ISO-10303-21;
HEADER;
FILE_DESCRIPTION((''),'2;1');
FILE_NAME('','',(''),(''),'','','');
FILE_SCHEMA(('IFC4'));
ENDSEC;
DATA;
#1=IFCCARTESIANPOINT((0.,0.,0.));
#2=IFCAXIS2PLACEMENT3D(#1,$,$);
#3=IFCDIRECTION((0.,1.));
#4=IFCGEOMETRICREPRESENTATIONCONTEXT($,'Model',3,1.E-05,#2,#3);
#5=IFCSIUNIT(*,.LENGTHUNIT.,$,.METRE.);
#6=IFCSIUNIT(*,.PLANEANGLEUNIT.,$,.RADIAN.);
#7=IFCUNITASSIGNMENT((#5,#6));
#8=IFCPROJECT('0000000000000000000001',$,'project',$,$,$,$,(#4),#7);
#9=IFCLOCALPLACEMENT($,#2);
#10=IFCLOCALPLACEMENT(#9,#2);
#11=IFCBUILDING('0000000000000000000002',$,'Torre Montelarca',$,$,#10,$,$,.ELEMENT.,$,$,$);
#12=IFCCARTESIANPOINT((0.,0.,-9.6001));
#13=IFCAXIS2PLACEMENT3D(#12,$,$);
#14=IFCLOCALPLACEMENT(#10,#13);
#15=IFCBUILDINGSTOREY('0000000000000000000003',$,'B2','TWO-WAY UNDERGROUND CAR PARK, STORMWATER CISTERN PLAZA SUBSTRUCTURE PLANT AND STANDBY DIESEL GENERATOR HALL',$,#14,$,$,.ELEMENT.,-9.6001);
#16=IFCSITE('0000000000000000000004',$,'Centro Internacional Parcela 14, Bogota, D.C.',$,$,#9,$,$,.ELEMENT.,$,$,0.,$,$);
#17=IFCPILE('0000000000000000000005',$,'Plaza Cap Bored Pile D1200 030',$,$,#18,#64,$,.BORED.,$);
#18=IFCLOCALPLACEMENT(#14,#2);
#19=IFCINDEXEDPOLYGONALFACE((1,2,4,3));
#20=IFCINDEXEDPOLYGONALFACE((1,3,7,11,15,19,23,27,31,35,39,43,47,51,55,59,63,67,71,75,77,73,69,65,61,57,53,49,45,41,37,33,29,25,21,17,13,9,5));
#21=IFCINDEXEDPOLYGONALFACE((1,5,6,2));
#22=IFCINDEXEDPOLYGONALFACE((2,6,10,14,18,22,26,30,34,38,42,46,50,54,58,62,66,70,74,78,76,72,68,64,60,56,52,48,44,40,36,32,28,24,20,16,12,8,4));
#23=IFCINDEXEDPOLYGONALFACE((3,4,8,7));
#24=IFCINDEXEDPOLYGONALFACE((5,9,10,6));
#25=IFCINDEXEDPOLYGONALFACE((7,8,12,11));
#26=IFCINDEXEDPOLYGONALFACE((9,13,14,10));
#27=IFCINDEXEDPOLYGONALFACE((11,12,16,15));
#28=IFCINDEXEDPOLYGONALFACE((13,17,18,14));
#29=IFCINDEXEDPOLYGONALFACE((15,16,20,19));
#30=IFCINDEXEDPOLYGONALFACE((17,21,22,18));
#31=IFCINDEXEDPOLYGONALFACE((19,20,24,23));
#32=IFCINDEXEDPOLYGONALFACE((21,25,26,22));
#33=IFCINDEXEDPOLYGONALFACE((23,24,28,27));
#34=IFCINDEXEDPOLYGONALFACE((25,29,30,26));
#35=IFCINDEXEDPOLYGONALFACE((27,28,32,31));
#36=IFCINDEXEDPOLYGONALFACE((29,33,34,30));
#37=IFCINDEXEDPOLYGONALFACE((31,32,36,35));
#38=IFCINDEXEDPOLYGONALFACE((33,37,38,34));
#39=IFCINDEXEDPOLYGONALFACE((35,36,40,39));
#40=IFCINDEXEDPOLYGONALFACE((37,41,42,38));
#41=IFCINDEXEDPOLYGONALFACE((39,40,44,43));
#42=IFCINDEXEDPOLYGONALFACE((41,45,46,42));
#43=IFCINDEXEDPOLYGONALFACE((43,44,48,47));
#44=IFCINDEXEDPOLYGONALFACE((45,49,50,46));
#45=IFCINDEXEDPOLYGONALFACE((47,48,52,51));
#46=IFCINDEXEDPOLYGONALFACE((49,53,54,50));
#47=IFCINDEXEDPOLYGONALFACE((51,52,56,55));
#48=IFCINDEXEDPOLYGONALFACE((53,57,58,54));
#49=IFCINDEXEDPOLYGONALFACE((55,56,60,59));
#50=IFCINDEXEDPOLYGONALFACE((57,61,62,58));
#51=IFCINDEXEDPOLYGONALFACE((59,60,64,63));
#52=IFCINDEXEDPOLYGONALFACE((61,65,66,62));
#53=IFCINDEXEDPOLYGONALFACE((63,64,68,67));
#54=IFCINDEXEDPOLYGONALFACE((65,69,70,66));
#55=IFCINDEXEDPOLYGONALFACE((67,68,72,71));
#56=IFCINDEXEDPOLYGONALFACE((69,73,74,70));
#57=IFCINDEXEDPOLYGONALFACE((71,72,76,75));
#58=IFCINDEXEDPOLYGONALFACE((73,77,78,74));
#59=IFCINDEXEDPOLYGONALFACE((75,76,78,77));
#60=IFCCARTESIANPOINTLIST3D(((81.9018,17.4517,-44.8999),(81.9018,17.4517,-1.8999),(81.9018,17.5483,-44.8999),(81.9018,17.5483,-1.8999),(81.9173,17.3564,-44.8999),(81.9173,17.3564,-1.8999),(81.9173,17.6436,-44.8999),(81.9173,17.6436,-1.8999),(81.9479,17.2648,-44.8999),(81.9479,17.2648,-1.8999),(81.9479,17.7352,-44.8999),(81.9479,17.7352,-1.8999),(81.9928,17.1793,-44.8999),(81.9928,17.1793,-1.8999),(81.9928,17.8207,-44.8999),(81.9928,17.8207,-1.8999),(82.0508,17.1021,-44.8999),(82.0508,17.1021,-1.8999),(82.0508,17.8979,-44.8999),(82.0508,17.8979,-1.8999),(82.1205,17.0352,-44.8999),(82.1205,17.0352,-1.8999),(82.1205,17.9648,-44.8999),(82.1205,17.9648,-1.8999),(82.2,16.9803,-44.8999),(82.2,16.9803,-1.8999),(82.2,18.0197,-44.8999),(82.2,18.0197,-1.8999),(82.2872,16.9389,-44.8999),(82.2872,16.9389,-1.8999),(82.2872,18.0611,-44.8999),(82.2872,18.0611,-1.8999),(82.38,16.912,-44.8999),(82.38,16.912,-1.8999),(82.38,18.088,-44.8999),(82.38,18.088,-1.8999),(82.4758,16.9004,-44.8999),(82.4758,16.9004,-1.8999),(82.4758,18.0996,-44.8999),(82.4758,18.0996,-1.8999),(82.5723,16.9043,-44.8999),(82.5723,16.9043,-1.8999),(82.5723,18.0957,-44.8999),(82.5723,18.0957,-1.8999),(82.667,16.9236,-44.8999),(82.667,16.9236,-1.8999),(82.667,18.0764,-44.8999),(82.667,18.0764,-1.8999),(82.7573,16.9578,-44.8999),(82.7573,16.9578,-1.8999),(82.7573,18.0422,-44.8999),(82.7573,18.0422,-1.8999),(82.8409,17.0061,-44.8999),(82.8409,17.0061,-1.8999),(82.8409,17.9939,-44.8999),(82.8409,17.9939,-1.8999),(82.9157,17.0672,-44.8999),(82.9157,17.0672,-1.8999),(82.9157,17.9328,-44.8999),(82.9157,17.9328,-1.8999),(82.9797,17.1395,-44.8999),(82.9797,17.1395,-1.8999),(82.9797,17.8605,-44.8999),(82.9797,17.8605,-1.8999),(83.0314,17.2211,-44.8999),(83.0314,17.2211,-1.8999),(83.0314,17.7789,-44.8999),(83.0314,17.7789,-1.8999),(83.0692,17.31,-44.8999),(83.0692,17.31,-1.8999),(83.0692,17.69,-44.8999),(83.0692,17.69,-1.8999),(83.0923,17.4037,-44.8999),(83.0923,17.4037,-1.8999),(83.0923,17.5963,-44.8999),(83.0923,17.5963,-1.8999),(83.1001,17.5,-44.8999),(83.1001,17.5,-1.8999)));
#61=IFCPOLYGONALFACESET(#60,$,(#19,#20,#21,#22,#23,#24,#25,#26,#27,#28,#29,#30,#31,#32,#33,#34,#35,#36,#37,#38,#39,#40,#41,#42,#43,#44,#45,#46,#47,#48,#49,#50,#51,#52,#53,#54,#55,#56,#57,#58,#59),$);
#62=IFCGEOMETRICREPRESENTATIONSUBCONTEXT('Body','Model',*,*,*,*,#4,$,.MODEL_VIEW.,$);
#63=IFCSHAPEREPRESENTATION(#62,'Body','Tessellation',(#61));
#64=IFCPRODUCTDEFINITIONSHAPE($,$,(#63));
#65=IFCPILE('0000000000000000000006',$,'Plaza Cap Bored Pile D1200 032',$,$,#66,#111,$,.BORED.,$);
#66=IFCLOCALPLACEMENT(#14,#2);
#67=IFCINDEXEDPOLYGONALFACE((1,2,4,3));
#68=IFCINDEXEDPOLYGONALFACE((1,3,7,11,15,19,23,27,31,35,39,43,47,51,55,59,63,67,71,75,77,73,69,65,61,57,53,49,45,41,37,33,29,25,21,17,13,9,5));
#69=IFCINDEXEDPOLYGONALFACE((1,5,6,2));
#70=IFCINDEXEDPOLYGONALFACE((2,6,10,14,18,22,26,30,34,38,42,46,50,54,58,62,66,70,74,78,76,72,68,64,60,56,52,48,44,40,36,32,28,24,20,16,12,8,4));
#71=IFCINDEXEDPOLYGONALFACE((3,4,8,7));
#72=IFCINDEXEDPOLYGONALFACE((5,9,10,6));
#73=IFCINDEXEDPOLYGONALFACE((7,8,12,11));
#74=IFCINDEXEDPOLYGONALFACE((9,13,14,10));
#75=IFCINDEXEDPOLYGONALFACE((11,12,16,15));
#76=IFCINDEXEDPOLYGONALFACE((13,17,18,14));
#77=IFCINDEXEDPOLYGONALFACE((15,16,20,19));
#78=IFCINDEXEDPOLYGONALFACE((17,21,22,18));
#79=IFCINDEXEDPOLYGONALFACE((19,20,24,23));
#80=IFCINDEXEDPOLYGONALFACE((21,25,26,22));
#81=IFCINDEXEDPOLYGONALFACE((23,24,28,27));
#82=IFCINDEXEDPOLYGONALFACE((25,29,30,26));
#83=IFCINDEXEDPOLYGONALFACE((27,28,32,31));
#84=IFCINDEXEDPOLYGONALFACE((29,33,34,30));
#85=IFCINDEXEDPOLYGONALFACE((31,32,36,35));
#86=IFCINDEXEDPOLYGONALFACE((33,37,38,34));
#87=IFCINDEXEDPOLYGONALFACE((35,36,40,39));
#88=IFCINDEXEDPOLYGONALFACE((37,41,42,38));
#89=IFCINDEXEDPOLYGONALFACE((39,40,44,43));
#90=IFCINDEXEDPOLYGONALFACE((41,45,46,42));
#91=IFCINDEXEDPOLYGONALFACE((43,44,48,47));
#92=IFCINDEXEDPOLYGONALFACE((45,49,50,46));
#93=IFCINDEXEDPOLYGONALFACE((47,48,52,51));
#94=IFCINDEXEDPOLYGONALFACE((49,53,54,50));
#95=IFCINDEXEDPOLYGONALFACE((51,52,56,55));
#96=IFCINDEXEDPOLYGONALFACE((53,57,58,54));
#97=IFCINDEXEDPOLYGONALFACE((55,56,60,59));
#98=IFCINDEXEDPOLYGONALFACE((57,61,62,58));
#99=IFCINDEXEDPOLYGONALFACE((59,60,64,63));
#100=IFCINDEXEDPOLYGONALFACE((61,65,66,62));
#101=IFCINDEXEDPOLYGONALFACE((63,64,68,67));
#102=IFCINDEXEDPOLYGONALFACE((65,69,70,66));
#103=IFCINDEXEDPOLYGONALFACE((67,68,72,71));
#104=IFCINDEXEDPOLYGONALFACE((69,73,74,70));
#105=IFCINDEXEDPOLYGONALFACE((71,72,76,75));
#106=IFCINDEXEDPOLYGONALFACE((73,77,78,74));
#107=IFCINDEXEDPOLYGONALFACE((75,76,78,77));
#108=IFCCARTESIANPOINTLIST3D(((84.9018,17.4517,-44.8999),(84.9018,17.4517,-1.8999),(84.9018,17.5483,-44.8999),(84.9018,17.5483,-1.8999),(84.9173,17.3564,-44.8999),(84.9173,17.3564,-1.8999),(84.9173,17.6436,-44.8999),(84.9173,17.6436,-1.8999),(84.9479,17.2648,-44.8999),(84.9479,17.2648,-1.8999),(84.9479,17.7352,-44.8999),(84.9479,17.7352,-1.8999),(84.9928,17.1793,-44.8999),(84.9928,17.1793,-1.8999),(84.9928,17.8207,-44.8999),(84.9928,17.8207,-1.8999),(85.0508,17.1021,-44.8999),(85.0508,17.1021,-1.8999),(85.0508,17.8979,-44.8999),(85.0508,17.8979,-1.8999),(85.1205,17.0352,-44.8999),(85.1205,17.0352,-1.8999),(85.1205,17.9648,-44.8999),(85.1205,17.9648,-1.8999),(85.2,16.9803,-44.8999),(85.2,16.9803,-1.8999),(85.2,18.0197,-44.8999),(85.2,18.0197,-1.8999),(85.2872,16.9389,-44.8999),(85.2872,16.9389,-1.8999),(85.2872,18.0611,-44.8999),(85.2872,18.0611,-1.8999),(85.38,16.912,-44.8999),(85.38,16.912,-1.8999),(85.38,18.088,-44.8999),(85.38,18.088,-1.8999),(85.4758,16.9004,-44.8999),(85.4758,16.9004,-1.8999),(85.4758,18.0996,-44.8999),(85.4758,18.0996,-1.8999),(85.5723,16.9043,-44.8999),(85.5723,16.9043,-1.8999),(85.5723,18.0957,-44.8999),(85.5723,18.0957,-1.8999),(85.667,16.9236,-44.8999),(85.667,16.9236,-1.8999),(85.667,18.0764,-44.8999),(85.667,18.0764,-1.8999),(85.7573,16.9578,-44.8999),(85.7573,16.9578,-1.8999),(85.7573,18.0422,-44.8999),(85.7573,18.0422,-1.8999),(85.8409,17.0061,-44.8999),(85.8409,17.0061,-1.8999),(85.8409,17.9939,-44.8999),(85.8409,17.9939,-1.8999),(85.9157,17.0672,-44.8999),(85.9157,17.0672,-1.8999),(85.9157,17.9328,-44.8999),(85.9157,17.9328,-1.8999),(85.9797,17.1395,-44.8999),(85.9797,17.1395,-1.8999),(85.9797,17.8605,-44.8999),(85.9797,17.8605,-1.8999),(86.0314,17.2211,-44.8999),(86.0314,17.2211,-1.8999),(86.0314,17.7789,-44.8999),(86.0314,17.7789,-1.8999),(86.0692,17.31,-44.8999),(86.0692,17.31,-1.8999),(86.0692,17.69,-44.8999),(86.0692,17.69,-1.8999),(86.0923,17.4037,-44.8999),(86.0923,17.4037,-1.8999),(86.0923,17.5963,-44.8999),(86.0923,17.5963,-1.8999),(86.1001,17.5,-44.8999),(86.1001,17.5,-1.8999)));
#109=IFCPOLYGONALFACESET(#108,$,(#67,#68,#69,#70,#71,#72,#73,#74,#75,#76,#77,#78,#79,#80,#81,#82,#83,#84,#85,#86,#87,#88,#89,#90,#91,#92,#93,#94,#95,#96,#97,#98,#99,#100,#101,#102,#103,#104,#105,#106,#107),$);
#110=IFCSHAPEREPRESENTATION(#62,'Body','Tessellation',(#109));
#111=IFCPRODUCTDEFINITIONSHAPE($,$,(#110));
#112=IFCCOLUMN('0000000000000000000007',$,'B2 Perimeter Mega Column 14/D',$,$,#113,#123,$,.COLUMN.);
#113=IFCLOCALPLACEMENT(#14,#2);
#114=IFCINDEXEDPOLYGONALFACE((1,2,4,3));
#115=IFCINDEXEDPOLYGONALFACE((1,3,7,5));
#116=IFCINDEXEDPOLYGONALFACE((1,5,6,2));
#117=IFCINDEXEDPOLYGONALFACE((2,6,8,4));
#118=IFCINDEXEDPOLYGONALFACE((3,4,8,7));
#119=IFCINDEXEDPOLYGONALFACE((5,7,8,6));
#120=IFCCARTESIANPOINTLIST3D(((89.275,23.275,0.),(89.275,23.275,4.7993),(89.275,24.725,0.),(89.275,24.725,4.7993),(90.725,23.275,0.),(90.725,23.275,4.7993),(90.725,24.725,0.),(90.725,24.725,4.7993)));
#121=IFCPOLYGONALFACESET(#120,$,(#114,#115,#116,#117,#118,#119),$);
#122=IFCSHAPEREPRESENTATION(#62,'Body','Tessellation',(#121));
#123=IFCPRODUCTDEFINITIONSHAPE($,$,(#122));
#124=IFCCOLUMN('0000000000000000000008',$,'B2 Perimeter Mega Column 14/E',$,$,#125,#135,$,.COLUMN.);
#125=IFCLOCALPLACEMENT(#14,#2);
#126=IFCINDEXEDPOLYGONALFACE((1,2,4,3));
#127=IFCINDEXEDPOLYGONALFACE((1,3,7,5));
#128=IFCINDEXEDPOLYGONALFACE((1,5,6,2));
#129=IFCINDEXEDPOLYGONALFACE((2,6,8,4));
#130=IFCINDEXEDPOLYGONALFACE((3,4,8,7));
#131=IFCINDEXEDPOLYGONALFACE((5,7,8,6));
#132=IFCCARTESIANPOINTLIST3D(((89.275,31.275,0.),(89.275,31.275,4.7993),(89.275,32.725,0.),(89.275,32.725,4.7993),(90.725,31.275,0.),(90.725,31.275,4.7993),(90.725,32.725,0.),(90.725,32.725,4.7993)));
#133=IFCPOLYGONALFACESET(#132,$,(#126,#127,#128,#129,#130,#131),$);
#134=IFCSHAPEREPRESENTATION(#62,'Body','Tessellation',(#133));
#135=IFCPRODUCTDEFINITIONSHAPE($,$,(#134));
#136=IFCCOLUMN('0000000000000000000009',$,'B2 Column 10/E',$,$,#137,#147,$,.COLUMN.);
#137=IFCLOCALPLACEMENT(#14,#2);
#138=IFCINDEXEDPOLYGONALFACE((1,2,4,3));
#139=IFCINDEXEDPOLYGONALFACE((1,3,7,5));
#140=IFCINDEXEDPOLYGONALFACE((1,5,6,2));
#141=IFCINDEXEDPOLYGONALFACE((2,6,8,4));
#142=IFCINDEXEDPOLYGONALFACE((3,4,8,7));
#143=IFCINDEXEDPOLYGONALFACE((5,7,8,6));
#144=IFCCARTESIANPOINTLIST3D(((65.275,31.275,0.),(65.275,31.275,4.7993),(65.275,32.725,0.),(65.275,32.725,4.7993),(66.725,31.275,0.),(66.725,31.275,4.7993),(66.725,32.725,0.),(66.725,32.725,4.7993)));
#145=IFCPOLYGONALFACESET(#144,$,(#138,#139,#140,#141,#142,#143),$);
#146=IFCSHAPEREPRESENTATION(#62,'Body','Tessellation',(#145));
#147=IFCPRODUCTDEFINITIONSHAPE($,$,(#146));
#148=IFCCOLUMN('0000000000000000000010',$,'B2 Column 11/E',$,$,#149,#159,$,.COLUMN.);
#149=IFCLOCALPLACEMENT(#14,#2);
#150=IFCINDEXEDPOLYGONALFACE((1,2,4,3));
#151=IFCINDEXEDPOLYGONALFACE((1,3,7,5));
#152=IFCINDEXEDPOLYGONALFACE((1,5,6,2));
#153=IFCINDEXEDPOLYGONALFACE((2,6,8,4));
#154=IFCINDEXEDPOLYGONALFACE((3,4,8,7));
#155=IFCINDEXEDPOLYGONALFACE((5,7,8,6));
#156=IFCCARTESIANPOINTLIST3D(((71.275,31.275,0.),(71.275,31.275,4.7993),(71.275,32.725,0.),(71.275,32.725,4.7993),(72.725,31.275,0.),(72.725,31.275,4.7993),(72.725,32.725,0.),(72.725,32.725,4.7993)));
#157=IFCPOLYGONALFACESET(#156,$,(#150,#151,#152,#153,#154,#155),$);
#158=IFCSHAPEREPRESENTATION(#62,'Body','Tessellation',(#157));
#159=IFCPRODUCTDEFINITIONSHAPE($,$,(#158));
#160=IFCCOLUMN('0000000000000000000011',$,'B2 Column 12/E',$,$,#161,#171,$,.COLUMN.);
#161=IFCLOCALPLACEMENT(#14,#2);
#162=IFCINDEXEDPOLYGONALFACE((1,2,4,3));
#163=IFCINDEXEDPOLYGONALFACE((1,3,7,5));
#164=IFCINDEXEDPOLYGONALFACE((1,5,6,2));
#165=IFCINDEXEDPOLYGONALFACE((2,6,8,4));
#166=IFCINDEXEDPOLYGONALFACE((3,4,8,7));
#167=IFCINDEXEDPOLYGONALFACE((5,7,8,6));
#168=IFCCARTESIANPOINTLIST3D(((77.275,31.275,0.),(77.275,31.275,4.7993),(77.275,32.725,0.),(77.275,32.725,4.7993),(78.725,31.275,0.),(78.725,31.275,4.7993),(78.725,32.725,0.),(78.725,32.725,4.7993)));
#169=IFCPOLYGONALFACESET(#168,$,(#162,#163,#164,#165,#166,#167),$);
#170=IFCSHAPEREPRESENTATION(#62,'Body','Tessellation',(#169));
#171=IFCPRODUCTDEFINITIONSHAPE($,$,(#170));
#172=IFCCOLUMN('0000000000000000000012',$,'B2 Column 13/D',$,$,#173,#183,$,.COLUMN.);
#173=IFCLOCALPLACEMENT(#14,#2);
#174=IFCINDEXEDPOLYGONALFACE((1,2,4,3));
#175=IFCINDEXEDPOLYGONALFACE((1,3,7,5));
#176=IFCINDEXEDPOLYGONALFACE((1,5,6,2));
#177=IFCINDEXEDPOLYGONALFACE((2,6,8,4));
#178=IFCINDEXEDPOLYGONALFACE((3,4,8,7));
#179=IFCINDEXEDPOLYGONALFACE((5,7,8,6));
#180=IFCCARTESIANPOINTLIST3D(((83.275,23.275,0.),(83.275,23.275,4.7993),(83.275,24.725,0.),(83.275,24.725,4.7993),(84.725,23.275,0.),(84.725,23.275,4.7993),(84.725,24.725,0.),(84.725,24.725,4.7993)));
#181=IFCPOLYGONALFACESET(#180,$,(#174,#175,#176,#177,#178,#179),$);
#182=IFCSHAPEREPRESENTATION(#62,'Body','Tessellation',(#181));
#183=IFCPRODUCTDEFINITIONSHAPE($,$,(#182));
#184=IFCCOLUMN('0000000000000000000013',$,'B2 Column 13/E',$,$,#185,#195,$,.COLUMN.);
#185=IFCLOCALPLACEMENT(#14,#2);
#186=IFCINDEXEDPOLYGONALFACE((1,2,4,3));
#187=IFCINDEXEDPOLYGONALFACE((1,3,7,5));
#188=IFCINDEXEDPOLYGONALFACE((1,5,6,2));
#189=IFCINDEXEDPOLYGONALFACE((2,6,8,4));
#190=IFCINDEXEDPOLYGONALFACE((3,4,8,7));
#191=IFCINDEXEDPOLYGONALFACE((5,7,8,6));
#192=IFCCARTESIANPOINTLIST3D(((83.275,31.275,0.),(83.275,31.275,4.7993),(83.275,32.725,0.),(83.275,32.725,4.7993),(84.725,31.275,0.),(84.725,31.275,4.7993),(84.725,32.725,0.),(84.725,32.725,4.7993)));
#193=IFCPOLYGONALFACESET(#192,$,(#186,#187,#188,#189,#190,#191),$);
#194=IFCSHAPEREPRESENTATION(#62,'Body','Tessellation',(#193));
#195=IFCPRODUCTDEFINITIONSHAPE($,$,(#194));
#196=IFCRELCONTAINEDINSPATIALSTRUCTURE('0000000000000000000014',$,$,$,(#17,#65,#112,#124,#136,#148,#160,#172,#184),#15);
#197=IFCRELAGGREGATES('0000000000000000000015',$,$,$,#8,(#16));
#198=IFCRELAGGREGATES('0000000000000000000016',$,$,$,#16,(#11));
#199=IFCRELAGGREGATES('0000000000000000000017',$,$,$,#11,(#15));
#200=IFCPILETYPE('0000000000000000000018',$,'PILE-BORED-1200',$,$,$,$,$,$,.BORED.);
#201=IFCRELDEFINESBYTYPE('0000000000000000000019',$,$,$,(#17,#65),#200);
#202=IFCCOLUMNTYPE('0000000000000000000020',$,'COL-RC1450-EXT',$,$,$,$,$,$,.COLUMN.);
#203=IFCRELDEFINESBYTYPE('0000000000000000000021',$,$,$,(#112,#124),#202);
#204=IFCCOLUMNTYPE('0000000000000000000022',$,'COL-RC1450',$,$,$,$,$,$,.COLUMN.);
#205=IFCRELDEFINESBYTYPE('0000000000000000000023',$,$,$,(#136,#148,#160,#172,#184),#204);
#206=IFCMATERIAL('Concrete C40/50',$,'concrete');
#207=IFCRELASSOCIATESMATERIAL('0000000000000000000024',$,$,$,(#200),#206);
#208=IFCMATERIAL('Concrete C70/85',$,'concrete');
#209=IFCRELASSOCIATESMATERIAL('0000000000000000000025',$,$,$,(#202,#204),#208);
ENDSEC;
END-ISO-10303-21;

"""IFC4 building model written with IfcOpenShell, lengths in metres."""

from ifc_helpers import new_model, si_unit, direction, frame, origin, origin_2d, place, context, subcontext, project, spatial, rectangle, circle, extrude, source, transform, mapped, material, material_profile, profile_set, type_object, element, save


model = new_model("IFC4")

# Units and contexts
model_context = context("Model", 3, precision=1e-05, world=origin(), true_north=direction((0.0, 1.0)))
body_context = subcontext(model_context, "Body", "Model", "MODEL_VIEW")
ifc_project = project(units=[si_unit("LENGTHUNIT", "METRE"), si_unit("PLANEANGLEUNIT", "RADIAN")], contexts=[model_context])

# Site, building, storey
site_placement = place(None, origin())
site = spatial("IfcSite", under=ifc_project, at=site_placement, Name="Centro Internacional Parcela 14, Bogota, D.C.", CompositionType="ELEMENT", RefElevation=0.0)
building_placement = place(site_placement, origin())
building = spatial("IfcBuilding", under=site, at=building_placement, Name="Torre Montelarca", CompositionType="ELEMENT")
storey_placement = place(building_placement, frame((0.0, 0.0, -9.6001)))
storey = spatial("IfcBuildingStorey", under=building, at=storey_placement, Name="B2", Description="TWO-WAY UNDERGROUND CAR PARK, STORMWATER CISTERN PLAZA SUBSTRUCTURE PLANT AND STANDBY DIESEL GENERATOR HALL", CompositionType="ELEMENT", Elevation=-9.6001)

# Piles
ifc_material_1 = material(Name="Concrete C40/50", Category="concrete")
ifc_material_profile_1 = material_profile(ifc_material_1, circle(Radius=0.6001, at=origin_2d()), Name="PILE-D1200", Category="concrete")
ifc_profile_set_1 = profile_set([ifc_material_profile_1], Name="Concrete C40/50")
pile_type_1 = type_object("IfcPileType", Name="PILE-BORED-1200", PredefinedType="BORED", material=ifc_profile_set_1)
shared_shape_1 = source(origin(), body_context, "Body", "SweptSolid", [
    extrude(circle(Radius=0.6001, at=origin_2d()), origin(), (0.0, 0.0, 1.0), 43.0),
])
for number, where, z_axis, x_axis, name in (
    (1, (82.5, 17.5, -1.8999), (0.0, 0.0, -1.0), (1.0, 0.0, 0.0), "Plaza Cap Bored Pile D1200 030"),
    (2, (85.5, 17.5, -1.8999), (0.0, 0.0, -1.0), (1.0, 0.0, 0.0), "Plaza Cap Bored Pile D1200 032"),
):
    element("IfcPile", number, at=place(storey_placement, frame(where, z_axis=z_axis, x_axis=x_axis)), inside=storey, type_object=pile_type_1, Name=name, PredefinedType="BORED", context=body_context, shape_type="MappedRepresentation", body=[
        mapped(shared_shape_1, transform((0.0, 0.0, 0.0), scale=1.0)),
    ])

# Columns
ifc_material_2 = material(Name="Concrete C70/85", Category="concrete")
ifc_material_profile_2 = material_profile(ifc_material_2, rectangle(XDim=1.45, YDim=1.45, at=origin_2d()), Name="RC1450X1450", Category="concrete")
ifc_profile_set_2 = profile_set([ifc_material_profile_2], Name="Concrete C70/85")
column_type_1 = type_object("IfcColumnType", Name="COL-RC1450-EXT", PredefinedType="COLUMN", material=ifc_profile_set_2)
shared_shape_2 = source(origin(), body_context, "Body", "SweptSolid", [
    extrude(rectangle(XDim=1.45, YDim=1.45, at=origin_2d()), origin(), (0.0, 0.0, 1.0), 4.7993),
])
for number, where, z_axis, x_axis, name in (
    (3, (90.0, 24.0, 0.0), (0.0, 0.0, 1.0), (1.0, 0.0, 0.0), "B2 Perimeter Mega Column 14/D"),
    (4, (90.0, 32.0, 0.0), (0.0, 0.0, 1.0), (1.0, 0.0, 0.0), "B2 Perimeter Mega Column 14/E"),
):
    element("IfcColumn", number, at=place(storey_placement, frame(where, z_axis=z_axis, x_axis=x_axis)), inside=storey, type_object=column_type_1, Name=name, PredefinedType="COLUMN", context=body_context, shape_type="MappedRepresentation", body=[
        mapped(shared_shape_2, transform((0.0, 0.0, 0.0), scale=1.0)),
    ])
ifc_material_profile_3 = material_profile(ifc_material_2, rectangle(XDim=1.45, YDim=1.45, at=origin_2d()), Name="RC1450X1450", Category="concrete")
ifc_profile_set_3 = profile_set([ifc_material_profile_3], Name="Concrete C70/85")
column_type_2 = type_object("IfcColumnType", Name="COL-RC1450", PredefinedType="COLUMN", material=ifc_profile_set_3)
shared_shape_3 = source(origin(), body_context, "Body", "SweptSolid", [
    extrude(rectangle(XDim=1.45, YDim=1.45, at=origin_2d()), origin(), (0.0, 0.0, 1.0), 4.7993),
])
for number, where, z_axis, x_axis, name in (
    (5, (66.0, 32.0, 0.0), (0.0, 0.0, 1.0), (1.0, 0.0, 0.0), "B2 Column 10/E"),
    (6, (72.0, 32.0, 0.0), (0.0, 0.0, 1.0), (1.0, 0.0, 0.0), "B2 Column 11/E"),
    (7, (78.0, 32.0, 0.0), (0.0, 0.0, 1.0), (1.0, 0.0, 0.0), "B2 Column 12/E"),
    (8, (84.0, 24.0, 0.0), (0.0, 0.0, 1.0), (1.0, 0.0, 0.0), "B2 Column 13/D"),
    (9, (84.0, 32.0, 0.0), (0.0, 0.0, 1.0), (1.0, 0.0, 0.0), "B2 Column 13/E"),
):
    element("IfcColumn", number, at=place(storey_placement, frame(where, z_axis=z_axis, x_axis=x_axis)), inside=storey, type_object=column_type_2, Name=name, PredefinedType="COLUMN", context=body_context, shape_type="MappedRepresentation", body=[
        mapped(shared_shape_3, transform((0.0, 0.0, 0.0), scale=1.0)),
    ])

save(model, "model.ifc")
